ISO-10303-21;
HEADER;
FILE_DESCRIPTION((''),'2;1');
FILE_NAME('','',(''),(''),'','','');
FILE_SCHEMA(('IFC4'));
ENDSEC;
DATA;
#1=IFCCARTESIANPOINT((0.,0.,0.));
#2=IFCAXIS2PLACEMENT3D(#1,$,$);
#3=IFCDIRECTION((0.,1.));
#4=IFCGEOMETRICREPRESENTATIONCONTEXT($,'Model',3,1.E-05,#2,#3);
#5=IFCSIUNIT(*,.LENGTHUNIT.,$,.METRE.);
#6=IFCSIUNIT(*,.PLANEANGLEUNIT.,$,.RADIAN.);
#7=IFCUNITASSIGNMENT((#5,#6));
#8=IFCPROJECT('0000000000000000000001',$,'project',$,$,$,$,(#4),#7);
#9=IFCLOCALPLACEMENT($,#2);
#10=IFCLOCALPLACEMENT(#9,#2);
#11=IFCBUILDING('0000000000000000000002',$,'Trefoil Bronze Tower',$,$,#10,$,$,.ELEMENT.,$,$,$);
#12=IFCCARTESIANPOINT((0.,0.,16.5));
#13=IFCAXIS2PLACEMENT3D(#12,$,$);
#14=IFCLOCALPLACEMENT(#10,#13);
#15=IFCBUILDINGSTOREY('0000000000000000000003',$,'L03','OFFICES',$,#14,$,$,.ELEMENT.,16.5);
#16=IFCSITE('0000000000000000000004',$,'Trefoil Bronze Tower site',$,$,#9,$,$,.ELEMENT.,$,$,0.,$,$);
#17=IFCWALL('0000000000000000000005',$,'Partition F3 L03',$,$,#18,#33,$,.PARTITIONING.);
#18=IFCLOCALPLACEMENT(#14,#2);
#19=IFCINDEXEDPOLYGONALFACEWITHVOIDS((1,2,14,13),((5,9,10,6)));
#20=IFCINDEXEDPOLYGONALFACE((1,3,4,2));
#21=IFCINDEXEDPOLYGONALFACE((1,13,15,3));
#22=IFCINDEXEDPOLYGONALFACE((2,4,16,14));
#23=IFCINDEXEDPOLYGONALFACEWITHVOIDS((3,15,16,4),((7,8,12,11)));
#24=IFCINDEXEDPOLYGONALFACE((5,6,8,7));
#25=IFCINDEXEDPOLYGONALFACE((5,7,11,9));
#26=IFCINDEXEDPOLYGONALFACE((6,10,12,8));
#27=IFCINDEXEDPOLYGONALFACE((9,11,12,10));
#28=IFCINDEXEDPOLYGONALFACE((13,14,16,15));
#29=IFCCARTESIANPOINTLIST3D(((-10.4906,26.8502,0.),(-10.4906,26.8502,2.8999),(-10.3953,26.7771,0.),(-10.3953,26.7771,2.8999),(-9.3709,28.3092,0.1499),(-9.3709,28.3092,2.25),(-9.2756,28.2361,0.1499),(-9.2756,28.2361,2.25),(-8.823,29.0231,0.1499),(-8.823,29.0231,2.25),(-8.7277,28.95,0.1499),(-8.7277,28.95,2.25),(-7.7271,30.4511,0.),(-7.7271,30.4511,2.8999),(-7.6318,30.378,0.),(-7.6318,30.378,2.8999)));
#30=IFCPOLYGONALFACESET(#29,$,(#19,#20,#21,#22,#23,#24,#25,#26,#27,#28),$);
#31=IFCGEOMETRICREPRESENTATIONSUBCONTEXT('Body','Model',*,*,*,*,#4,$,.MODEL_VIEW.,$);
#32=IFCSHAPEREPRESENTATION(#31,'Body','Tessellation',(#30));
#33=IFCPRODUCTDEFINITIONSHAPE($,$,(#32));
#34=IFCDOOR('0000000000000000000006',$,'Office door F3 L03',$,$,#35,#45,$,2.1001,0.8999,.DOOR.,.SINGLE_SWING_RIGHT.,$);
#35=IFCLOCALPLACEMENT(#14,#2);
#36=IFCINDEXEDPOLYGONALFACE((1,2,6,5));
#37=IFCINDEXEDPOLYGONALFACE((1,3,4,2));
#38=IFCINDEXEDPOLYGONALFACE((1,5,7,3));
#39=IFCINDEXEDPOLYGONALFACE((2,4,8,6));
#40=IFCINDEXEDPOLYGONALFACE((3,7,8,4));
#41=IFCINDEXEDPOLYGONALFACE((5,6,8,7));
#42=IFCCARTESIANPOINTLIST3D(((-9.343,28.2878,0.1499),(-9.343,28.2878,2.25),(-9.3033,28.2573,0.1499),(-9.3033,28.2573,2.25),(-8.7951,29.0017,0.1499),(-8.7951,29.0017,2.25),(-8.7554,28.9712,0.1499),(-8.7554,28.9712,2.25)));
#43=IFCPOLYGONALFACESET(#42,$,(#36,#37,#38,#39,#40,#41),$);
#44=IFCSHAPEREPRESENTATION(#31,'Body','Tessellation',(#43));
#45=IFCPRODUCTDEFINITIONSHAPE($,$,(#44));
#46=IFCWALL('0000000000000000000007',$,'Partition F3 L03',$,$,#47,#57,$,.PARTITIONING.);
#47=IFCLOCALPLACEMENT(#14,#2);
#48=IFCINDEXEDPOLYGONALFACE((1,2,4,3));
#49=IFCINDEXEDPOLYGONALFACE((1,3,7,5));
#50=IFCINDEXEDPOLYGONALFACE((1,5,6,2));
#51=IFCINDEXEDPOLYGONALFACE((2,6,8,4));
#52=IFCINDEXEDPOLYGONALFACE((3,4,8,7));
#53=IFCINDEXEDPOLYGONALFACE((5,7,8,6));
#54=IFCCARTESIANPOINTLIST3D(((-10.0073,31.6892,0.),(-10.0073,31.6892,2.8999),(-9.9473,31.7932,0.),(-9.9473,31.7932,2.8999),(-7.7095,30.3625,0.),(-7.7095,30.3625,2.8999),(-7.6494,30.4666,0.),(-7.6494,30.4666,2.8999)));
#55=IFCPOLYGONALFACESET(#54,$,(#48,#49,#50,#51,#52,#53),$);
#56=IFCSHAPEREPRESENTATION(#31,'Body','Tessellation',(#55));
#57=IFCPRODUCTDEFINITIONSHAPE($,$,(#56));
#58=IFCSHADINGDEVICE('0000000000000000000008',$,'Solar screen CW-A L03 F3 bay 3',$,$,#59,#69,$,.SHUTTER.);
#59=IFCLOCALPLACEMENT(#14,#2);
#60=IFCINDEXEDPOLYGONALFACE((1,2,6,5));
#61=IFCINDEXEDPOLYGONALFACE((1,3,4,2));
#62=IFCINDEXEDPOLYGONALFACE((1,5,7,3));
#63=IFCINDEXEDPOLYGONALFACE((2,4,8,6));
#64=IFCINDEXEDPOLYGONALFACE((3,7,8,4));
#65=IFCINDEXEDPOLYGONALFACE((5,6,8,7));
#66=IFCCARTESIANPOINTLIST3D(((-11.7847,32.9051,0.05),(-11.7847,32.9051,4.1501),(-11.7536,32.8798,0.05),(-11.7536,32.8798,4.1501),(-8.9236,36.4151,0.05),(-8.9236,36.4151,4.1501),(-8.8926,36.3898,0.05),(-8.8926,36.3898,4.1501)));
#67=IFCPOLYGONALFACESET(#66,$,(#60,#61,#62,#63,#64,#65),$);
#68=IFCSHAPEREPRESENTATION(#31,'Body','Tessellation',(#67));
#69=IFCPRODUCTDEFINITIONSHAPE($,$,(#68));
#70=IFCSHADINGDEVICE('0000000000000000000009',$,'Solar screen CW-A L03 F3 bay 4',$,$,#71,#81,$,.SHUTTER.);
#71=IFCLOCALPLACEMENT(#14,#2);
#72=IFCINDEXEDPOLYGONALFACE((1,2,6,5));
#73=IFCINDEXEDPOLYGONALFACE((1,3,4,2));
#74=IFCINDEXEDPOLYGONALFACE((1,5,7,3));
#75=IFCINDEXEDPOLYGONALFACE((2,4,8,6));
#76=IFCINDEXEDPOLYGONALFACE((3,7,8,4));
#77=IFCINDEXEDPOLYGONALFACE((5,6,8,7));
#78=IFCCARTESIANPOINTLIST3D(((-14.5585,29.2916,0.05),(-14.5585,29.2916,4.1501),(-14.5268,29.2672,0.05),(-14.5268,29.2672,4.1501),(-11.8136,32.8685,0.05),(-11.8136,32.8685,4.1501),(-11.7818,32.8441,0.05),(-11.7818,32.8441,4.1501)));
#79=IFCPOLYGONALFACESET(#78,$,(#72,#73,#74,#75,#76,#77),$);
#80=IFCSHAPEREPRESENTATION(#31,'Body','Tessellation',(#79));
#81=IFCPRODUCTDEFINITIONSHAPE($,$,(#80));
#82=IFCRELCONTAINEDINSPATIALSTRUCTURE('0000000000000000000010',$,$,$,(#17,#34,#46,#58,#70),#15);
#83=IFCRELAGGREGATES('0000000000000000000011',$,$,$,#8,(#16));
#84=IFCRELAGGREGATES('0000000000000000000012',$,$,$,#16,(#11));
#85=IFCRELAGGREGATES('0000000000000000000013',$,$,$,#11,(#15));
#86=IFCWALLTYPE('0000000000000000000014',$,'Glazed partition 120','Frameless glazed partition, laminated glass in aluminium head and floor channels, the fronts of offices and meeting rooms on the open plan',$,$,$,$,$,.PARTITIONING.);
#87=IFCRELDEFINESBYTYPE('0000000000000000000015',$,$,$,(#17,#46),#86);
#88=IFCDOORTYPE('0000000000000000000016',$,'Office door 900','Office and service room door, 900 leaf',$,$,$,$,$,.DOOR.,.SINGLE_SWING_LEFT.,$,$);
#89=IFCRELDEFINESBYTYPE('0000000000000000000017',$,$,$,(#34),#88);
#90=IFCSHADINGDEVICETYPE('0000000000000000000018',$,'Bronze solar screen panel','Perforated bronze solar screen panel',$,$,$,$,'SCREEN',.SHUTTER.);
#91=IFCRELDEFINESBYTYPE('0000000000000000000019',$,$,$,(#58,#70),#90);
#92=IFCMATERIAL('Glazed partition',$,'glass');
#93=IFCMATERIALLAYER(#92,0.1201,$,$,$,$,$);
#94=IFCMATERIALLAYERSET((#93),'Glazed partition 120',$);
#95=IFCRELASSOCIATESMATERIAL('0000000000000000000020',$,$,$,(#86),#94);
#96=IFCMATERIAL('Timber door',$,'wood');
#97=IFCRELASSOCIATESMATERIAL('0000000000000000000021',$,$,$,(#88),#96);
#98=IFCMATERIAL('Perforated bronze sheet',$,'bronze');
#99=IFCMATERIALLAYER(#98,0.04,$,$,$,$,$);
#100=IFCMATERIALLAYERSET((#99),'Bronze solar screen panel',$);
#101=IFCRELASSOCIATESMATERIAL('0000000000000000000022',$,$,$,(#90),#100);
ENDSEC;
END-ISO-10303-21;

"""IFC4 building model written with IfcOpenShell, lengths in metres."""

from ifc_helpers import new_model, si_unit, direction, frame, frame_2d, origin, origin_2d, place, context, subcontext, project, spatial, rectangle, extrude, material, layer, layer_set, type_object, element, fill, save


model = new_model("IFC4")

# Units and contexts
model_context = context("Model", 3, precision=1e-05, world=origin(), true_north=direction((0.0, 1.0)))
body_context = subcontext(model_context, "Body", "Model", "MODEL_VIEW")
ifc_project = project(units=[si_unit("LENGTHUNIT", "METRE"), si_unit("PLANEANGLEUNIT", "RADIAN")], contexts=[model_context])

# Site, building, storey
site_placement = place(None, origin())
site = spatial("IfcSite", under=ifc_project, at=site_placement, Name="Trefoil Bronze Tower site", CompositionType="ELEMENT", RefElevation=0.0)
building_placement = place(site_placement, origin())
building = spatial("IfcBuilding", under=site, at=building_placement, Name="Trefoil Bronze Tower", CompositionType="ELEMENT")
storey_placement = place(building_placement, frame((0.0, 0.0, 16.5)))
storey = spatial("IfcBuildingStorey", under=building, at=storey_placement, Name="L03", Description="OFFICES", CompositionType="ELEMENT", Elevation=16.5)

# Wall, opening, door
ifc_material_1 = material(Name="Glazed partition", Category="glass")
ifc_layer_1 = layer(ifc_material_1, 0.1201)
ifc_layer_set_1 = layer_set([ifc_layer_1], Name="Glazed partition 120")
wall_type = type_object("IfcWallType", Name="Glazed partition 120", Description="Frameless glazed partition, laminated glass in aluminium head and floor channels, the fronts of offices and meeting rooms on the open plan", PredefinedType="PARTITIONING", material=ifc_layer_set_1)
wall_1_placement = place(storey_placement, frame((-7.6794, 30.4146, 0.0), z_axis=(0.0, 0.0, 1.0), x_axis=(-0.608819, -0.793309, 0.0)))
wall_1 = element("IfcWall", 1, at=wall_1_placement, inside=storey, type_object=wall_type, Name="Partition F3 L03", PredefinedType="PARTITIONING", context=body_context, shape_type="SweptSolid", body=[
    extrude(rectangle(XDim=4.5391, YDim=0.1201, at=frame_2d((2.2695, 0.0))), origin(), (0.0, 0.0, 1.0), 2.8999),
])
opening_placement = place(wall_1_placement, frame((1.8, 0.0, 0.1499)))
opening = element("IfcOpeningElement", 2, at=opening_placement, cuts=wall_1, PredefinedType="OPENING", context=body_context, shape_type="SweptSolid", body=[
    extrude(rectangle(XDim=0.8999, YDim=2.1001, at=frame_2d((0.45, 1.05))), frame((0.0, 0.0701, 0.0), z_axis=(0.0, -1.0, 0.0), x_axis=(1.0, 0.0, 0.0)), (0.0, 0.0, 1.0), 0.1401),
])
ifc_material_2 = material(Name="Timber door", Category="wood")
door_type = type_object("IfcDoorType", Name="Office door 900", Description="Office and service room door, 900 leaf", OperationType="SINGLE_SWING_LEFT", PredefinedType="DOOR", material=ifc_material_2)
door_placement = place(opening_placement, frame((0.8999, 0.0, 0.0), z_axis=(0.0, 0.0, 1.0), x_axis=(-1.0, 0.0, 0.0)))
door = element("IfcDoor", 3, at=door_placement, inside=storey, type_object=door_type, Name="Office door F3 L03", OperationType="SINGLE_SWING_RIGHT", OverallHeight=2.1001, OverallWidth=0.8999, PredefinedType="DOOR", context=body_context, shape_type="SweptSolid", body=[
    extrude(rectangle(XDim=0.8999, YDim=2.1001, at=frame_2d((0.45, 1.05))), frame((0.0, 0.0249, 0.0), z_axis=(0.0, -1.0, 0.0), x_axis=(1.0, 0.0, 0.0)), (0.0, 0.0, 1.0), 0.05),
])
fill(opening, door)

# Wall
wall_2_placement = place(storey_placement, frame((-7.6794, 30.4146, 0.0), z_axis=(0.0, 0.0, 1.0), x_axis=(-0.866026, 0.499999, 0.0)))
element("IfcWall", 4, at=wall_2_placement, inside=storey, type_object=wall_type, Name="Partition F3 L03", PredefinedType="PARTITIONING", context=body_context, shape_type="SweptSolid", body=[
    extrude(rectangle(XDim=2.6533, YDim=0.1201, at=frame_2d((1.3267, 0.0))), origin(), (0.0, 0.0, 1.0), 2.8999),
])

# Shading devices
ifc_material_3 = material(Name="Perforated bronze sheet", Category="bronze")
ifc_layer_2 = layer(ifc_material_3, 0.04)
ifc_layer_set_2 = layer_set([ifc_layer_2], Name="Bronze solar screen panel")
shading_device_type = type_object("IfcShadingDeviceType", Name="Bronze solar screen panel", Description="Perforated bronze solar screen panel", ElementType="SCREEN", PredefinedType="SHUTTER", material=ifc_layer_set_2)
shading_device_1_placement = place(storey_placement, frame((-10.3386, 34.6475, 0.05), z_axis=(0.0, 0.0, 1.0), x_axis=(-0.631811, -0.775123, 0.0)))
element("IfcShadingDevice", 5, at=shading_device_1_placement, inside=storey, type_object=shading_device_type, Name="Solar screen CW-A L03 F3 bay 3", PredefinedType="SHUTTER", context=body_context, shape_type="SweptSolid", body=[
    extrude(rectangle(XDim=4.5283, YDim=0.04, at=origin_2d()), origin(), (0.0, 0.0, 1.0), 4.1001),
])
shading_device_2_placement = place(storey_placement, frame((-13.1702, 31.0679, 0.05), z_axis=(0.0, 0.0, 1.0), x_axis=(-0.608808, -0.793318, 0.0)))
element("IfcShadingDevice", 6, at=shading_device_2_placement, inside=storey, type_object=shading_device_type, Name="Solar screen CW-A L03 F3 bay 4", PredefinedType="SHUTTER", context=body_context, shape_type="SweptSolid", body=[
    extrude(rectangle(XDim=4.5088, YDim=0.04, at=origin_2d()), origin(), (0.0, 0.0, 1.0), 4.1001),
])

save(model, "model.ifc")
